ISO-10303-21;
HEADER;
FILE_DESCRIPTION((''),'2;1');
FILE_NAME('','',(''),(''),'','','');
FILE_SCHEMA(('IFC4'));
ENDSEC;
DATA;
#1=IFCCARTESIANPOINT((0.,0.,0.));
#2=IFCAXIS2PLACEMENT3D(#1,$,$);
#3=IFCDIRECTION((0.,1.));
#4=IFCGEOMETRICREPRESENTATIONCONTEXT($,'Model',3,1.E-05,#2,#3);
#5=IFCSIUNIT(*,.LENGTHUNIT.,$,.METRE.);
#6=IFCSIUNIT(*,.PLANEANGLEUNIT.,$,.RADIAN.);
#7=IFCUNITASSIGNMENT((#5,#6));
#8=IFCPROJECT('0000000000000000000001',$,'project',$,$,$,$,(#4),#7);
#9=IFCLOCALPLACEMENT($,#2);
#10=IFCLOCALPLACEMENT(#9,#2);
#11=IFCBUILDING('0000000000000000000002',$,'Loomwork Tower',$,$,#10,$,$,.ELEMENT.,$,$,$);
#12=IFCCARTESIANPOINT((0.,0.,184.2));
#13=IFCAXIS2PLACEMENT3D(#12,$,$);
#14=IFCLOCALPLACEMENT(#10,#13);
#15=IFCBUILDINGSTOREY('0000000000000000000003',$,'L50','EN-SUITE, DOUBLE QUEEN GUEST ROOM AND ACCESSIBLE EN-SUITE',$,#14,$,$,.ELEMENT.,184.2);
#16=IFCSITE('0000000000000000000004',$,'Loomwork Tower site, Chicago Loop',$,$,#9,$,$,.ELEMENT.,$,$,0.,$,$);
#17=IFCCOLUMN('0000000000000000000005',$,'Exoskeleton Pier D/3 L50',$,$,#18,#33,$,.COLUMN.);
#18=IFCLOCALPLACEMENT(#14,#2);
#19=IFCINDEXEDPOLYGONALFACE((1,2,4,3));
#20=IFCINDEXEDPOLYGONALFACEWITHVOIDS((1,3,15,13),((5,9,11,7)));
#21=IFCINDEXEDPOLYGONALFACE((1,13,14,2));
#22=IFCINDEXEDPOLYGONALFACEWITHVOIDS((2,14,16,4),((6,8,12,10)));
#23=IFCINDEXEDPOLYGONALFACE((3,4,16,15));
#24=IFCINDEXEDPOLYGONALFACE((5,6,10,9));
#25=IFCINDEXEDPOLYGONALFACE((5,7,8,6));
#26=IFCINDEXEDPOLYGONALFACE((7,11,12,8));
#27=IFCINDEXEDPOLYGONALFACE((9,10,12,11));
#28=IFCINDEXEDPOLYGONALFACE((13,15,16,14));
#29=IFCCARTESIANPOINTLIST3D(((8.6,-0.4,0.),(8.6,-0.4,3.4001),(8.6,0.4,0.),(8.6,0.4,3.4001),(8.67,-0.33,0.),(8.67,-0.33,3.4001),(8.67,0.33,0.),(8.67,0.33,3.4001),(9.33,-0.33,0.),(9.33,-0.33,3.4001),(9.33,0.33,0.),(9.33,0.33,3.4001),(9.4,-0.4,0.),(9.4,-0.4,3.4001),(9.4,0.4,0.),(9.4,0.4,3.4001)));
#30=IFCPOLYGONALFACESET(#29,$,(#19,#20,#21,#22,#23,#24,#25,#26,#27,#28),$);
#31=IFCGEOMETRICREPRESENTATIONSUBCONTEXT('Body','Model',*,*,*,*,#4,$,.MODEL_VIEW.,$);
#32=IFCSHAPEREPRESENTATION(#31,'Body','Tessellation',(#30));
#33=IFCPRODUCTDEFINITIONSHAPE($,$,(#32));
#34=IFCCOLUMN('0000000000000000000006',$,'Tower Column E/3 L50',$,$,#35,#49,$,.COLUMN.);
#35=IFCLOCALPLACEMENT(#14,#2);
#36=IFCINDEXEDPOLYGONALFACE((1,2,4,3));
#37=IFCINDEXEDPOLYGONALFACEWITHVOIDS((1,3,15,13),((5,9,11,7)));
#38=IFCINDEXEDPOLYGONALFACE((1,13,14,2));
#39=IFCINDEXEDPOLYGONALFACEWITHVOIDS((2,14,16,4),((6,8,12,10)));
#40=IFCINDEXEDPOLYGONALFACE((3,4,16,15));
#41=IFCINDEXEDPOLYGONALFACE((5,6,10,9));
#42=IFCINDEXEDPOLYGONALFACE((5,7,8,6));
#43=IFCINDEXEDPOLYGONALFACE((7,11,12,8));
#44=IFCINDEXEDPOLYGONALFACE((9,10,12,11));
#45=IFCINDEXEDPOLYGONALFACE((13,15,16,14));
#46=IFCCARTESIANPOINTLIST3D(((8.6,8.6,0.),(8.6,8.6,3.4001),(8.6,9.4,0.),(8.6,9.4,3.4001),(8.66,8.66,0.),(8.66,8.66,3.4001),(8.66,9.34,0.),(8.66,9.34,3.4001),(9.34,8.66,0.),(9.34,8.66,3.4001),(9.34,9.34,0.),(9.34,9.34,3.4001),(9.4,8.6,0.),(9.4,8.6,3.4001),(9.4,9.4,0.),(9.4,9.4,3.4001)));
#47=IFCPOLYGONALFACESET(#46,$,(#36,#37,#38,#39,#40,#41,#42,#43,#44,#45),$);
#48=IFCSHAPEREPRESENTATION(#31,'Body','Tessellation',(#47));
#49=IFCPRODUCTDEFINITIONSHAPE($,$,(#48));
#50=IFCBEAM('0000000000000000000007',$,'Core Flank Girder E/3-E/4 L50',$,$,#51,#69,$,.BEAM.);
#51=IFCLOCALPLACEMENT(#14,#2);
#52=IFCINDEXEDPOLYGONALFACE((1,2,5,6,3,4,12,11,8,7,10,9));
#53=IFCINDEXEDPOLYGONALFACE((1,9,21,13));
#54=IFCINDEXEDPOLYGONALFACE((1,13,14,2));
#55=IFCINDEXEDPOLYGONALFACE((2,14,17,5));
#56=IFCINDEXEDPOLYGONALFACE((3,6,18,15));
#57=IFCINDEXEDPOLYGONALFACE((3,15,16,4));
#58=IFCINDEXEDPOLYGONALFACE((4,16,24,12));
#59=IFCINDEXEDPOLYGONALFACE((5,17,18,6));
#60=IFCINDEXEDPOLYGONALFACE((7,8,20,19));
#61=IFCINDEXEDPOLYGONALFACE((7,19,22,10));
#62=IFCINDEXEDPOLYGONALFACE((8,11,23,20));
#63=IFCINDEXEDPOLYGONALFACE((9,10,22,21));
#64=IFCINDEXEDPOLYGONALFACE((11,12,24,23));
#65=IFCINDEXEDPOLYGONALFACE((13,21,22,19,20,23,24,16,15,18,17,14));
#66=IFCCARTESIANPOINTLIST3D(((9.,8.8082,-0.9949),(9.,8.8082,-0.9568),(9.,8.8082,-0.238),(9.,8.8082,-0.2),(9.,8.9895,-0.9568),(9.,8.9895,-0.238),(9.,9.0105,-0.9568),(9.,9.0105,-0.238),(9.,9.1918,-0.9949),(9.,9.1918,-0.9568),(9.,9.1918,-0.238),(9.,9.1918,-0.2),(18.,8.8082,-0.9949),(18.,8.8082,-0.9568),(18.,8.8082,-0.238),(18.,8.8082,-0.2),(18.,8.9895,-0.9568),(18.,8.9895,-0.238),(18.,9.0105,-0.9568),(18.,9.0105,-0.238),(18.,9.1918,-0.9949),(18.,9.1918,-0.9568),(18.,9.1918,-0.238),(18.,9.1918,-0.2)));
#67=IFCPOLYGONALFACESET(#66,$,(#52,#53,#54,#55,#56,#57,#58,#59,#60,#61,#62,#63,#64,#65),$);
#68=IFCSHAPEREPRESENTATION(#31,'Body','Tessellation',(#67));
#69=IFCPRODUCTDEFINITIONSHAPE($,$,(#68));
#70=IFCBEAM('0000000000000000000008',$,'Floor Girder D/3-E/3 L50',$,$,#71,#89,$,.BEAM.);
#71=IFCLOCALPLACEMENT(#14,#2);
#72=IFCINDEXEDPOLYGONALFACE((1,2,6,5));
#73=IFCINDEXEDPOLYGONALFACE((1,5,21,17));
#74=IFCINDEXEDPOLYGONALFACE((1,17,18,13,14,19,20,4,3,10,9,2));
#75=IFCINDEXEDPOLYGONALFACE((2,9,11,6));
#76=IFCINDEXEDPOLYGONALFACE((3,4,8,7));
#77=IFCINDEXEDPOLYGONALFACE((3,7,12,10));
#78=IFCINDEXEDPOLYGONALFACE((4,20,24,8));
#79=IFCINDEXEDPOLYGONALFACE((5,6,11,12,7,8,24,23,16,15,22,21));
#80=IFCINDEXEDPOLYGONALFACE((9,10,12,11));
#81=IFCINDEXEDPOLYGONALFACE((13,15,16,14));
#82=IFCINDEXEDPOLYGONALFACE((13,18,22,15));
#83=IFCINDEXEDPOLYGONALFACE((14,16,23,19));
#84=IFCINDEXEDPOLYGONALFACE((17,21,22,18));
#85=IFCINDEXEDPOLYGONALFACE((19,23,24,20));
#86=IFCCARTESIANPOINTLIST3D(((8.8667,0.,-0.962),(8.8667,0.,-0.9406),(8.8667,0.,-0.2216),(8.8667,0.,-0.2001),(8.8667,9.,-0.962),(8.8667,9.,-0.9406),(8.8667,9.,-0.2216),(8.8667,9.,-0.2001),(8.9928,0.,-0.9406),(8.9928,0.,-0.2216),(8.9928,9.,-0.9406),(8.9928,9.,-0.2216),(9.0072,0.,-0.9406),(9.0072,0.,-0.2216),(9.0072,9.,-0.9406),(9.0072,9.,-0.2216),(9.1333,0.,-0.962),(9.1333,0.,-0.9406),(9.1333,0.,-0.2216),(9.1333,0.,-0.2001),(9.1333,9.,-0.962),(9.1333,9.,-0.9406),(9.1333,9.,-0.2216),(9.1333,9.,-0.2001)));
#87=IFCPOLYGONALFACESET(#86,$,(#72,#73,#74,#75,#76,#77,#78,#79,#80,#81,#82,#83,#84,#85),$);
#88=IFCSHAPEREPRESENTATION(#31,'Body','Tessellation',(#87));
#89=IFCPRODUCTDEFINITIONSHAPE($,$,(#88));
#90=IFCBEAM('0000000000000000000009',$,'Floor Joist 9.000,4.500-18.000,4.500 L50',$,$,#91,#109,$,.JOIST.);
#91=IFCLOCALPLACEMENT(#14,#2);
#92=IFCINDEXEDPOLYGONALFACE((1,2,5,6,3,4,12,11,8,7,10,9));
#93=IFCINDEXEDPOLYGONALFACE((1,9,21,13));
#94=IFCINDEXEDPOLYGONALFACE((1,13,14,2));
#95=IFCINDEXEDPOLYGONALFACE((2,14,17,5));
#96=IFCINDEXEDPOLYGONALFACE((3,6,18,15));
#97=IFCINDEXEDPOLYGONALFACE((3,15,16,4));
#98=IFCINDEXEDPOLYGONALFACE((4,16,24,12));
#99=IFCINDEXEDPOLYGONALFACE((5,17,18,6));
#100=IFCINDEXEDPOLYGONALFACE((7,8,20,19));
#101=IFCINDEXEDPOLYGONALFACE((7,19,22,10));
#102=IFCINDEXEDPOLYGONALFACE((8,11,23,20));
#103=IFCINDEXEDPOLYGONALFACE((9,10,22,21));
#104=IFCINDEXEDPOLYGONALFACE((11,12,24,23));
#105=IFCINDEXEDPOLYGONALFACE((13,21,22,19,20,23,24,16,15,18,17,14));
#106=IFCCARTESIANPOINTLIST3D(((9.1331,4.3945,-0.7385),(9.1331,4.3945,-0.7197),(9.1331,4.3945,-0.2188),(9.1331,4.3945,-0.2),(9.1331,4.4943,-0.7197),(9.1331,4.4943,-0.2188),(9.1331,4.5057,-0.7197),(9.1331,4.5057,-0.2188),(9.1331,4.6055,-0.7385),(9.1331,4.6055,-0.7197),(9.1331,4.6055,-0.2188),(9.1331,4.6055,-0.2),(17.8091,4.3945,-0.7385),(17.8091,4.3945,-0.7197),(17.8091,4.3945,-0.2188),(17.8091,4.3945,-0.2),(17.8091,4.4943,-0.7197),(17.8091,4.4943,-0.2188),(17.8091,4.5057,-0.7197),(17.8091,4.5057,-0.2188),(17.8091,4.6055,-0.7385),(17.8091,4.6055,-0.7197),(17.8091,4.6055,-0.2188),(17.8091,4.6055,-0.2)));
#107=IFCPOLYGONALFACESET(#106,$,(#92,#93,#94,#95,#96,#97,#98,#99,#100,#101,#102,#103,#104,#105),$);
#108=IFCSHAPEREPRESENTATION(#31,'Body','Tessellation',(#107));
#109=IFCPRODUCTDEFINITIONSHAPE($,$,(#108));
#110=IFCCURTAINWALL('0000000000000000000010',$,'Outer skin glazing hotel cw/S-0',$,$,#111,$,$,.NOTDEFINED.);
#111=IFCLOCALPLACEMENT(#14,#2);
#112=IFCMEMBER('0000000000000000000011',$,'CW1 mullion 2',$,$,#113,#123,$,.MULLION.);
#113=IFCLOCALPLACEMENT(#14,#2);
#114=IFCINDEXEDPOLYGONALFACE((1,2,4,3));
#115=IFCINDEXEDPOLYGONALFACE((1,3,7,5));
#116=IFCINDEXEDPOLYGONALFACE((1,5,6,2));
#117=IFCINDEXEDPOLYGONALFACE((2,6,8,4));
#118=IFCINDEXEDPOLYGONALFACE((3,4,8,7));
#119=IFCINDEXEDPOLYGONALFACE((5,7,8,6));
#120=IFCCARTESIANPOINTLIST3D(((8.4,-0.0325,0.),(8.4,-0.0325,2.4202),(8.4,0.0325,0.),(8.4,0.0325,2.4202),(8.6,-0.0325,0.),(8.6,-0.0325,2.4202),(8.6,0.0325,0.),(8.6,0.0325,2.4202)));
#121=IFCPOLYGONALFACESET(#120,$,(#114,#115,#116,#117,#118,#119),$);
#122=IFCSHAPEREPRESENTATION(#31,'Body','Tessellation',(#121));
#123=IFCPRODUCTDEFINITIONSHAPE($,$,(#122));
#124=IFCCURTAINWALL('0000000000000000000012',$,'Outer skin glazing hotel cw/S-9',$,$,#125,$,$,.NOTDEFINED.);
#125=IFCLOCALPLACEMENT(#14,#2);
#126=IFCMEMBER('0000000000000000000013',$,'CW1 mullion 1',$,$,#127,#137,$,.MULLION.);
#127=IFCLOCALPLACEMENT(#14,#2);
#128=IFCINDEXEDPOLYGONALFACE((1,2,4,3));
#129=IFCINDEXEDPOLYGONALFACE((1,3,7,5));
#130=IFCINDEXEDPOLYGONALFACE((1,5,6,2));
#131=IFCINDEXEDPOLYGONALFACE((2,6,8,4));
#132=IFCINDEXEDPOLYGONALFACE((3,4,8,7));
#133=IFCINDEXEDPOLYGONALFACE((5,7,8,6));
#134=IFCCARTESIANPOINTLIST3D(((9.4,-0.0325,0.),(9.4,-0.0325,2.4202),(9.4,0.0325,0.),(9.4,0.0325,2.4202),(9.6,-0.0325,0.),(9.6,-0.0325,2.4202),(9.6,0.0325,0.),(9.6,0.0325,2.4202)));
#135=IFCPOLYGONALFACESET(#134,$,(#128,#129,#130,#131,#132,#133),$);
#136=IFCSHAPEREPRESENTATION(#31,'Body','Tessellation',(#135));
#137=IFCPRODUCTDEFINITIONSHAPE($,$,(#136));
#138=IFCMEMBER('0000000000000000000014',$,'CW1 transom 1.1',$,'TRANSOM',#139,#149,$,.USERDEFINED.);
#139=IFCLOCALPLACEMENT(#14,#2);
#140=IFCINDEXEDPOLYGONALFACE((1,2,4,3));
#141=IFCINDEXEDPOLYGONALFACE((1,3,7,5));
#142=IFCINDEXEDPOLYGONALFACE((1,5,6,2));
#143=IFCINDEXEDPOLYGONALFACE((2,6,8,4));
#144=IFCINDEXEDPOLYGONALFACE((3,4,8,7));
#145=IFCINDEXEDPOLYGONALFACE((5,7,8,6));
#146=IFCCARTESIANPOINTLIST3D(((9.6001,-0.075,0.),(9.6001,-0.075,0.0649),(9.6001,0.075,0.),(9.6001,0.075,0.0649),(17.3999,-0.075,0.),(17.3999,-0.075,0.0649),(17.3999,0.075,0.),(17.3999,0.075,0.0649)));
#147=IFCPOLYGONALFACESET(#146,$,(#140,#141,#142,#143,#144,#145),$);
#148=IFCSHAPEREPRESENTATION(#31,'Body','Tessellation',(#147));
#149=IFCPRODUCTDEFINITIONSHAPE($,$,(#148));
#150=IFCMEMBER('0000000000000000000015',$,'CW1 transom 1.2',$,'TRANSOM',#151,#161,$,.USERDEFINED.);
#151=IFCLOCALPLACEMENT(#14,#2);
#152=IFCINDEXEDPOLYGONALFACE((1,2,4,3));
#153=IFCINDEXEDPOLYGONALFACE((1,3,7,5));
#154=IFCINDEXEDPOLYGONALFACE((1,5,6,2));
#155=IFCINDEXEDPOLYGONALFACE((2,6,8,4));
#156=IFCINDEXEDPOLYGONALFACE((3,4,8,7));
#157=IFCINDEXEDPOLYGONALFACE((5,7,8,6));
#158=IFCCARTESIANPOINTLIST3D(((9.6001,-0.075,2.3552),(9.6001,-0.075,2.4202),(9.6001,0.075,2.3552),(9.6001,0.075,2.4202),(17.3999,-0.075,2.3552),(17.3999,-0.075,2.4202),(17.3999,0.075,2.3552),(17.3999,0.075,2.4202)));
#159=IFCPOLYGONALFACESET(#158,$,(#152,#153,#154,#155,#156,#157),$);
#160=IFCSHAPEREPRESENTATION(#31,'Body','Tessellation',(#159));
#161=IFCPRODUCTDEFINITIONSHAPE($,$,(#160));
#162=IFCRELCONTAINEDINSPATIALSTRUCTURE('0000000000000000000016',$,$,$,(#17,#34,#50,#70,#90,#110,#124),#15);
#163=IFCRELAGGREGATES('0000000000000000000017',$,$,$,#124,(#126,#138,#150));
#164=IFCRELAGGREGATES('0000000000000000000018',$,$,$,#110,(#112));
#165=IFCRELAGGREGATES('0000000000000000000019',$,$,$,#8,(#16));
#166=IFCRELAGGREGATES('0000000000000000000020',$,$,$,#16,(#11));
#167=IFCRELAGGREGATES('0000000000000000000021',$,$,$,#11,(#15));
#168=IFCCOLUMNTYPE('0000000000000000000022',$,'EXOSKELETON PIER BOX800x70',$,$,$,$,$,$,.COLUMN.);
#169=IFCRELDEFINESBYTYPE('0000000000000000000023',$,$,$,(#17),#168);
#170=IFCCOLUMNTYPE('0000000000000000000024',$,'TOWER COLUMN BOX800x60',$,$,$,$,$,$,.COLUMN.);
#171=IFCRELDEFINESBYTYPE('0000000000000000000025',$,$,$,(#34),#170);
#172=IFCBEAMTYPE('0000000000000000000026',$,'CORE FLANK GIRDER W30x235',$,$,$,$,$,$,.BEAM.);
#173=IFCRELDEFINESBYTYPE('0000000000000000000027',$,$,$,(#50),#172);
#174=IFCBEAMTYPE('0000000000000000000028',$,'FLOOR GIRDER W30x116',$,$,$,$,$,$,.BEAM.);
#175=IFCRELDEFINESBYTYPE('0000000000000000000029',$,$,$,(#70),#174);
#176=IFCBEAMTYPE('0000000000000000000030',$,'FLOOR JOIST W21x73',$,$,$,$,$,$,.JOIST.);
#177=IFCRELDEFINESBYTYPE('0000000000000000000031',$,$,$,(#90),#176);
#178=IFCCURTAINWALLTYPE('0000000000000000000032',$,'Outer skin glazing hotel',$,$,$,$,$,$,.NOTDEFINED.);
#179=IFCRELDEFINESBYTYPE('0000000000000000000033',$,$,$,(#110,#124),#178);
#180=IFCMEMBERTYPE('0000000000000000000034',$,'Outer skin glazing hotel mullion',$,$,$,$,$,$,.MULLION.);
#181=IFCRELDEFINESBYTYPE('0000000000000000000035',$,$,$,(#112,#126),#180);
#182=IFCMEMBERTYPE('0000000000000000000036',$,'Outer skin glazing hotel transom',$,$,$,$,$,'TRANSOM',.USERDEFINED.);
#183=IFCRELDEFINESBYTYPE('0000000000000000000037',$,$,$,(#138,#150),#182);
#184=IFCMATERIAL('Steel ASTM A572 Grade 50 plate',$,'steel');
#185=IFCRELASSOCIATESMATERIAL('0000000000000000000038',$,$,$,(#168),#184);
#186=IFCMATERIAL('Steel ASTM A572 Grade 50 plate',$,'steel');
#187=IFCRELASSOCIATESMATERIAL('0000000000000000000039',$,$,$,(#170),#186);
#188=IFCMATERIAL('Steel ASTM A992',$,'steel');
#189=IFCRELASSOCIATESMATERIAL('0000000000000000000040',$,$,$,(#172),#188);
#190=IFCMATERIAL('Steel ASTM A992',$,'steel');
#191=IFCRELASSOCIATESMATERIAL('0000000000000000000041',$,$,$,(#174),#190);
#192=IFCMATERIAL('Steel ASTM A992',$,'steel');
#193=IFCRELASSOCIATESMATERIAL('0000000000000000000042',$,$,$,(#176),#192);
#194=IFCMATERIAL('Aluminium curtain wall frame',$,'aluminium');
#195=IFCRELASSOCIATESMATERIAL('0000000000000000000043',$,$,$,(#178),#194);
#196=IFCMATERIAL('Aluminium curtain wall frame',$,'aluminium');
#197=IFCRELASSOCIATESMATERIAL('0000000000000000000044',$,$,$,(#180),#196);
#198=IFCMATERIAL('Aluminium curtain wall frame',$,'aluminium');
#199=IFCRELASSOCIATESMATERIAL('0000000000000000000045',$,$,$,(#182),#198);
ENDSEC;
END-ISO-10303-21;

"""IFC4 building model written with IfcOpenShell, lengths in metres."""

from ifc_helpers import new_model, si_unit, direction, frame, origin, origin_2d, place, context, subcontext, project, spatial, rectangle, hollow_rectangle, i_section, extrude, material, material_profile, profile_set, type_object, element, aggregate, save


model = new_model("IFC4")

# Units and contexts
model_context = context("Model", 3, precision=1e-05, world=origin(), true_north=direction((0.0, 1.0)))
body_context = subcontext(model_context, "Body", "Model", "MODEL_VIEW")
ifc_project = project(units=[si_unit("LENGTHUNIT", "METRE"), si_unit("PLANEANGLEUNIT", "RADIAN")], contexts=[model_context])

# Site, building, storey
site_placement = place(None, origin())
site = spatial("IfcSite", under=ifc_project, at=site_placement, Name="Loomwork Tower site, Chicago Loop", CompositionType="ELEMENT", RefElevation=0.0)
building_placement = place(site_placement, origin())
building = spatial("IfcBuilding", under=site, at=building_placement, Name="Loomwork Tower", CompositionType="ELEMENT")
storey_placement = place(building_placement, frame((0.0, 0.0, 184.2)))
storey = spatial("IfcBuildingStorey", under=building, at=storey_placement, Name="L50", Description="EN-SUITE, DOUBLE QUEEN GUEST ROOM AND ACCESSIBLE EN-SUITE", CompositionType="ELEMENT", Elevation=184.2)

# Columns
ifc_material_1 = material(Name="Steel ASTM A572 Grade 50 plate", Category="steel")
ifc_material_profile_1 = material_profile(ifc_material_1, hollow_rectangle(XDim=0.8, YDim=0.8, WallThickness=0.0701, at=origin_2d()), Name="BOX800x70")
ifc_profile_set_1 = profile_set([ifc_material_profile_1], Name="Steel ASTM A572 Grade 50 plate")
column_type_1 = type_object("IfcColumnType", Name="EXOSKELETON PIER BOX800x70", PredefinedType="COLUMN", material=ifc_profile_set_1)
column_1_placement = place(storey_placement, frame((9.0, 0.0, 0.0), z_axis=(0.0, 0.0, 1.0), x_axis=(1.0, 0.0, 0.0)))
element("IfcColumn", 1, at=column_1_placement, inside=storey, type_object=column_type_1, Name="Exoskeleton Pier D/3 L50", PredefinedType="COLUMN", context=body_context, shape_type="SweptSolid", body=[
    extrude(hollow_rectangle(XDim=0.8, YDim=0.8, WallThickness=0.0701, at=origin_2d()), origin(), (0.0, 0.0, 1.0), 3.4001),
])
ifc_material_2 = material(Name="Steel ASTM A572 Grade 50 plate", Category="steel")
ifc_material_profile_2 = material_profile(ifc_material_2, hollow_rectangle(XDim=0.8, YDim=0.8, WallThickness=0.0601, at=origin_2d()), Name="BOX800x60")
ifc_profile_set_2 = profile_set([ifc_material_profile_2], Name="Steel ASTM A572 Grade 50 plate")
column_type_2 = type_object("IfcColumnType", Name="TOWER COLUMN BOX800x60", PredefinedType="COLUMN", material=ifc_profile_set_2)
column_2_placement = place(storey_placement, frame((9.0, 9.0, 0.0), z_axis=(0.0, 0.0, 1.0), x_axis=(1.0, 0.0, 0.0)))
element("IfcColumn", 2, at=column_2_placement, inside=storey, type_object=column_type_2, Name="Tower Column E/3 L50", PredefinedType="COLUMN", context=body_context, shape_type="SweptSolid", body=[
    extrude(hollow_rectangle(XDim=0.8, YDim=0.8, WallThickness=0.0601, at=origin_2d()), origin(), (0.0, 0.0, 1.0), 3.4001),
])

# Beams
ifc_material_3 = material(Name="Steel ASTM A992", Category="steel")
ifc_material_profile_3 = material_profile(ifc_material_3, i_section(OverallWidth=0.3835, OverallDepth=0.7949, WebThickness=0.021, FlangeThickness=0.0381, at=origin_2d()), Name="W30x235")
ifc_profile_set_3 = profile_set([ifc_material_profile_3], Name="Steel ASTM A992")
beam_type_1 = type_object("IfcBeamType", Name="CORE FLANK GIRDER W30x235", PredefinedType="BEAM", material=ifc_profile_set_3)
beam_1_placement = place(storey_placement, frame((9.0, 9.0, -0.5974), z_axis=(1.0, 0.0, 0.0), x_axis=(0.0, 1.0, 0.0)))
element("IfcBeam", 3, at=beam_1_placement, inside=storey, type_object=beam_type_1, Name="Core Flank Girder E/3-E/4 L50", PredefinedType="BEAM", context=body_context, shape_type="SweptSolid", body=[
    extrude(i_section(OverallWidth=0.3835, OverallDepth=0.7949, WebThickness=0.021, FlangeThickness=0.0381, at=origin_2d()), origin(), (0.0, 0.0, 1.0), 9.0),
])
ifc_material_4 = material(Name="Steel ASTM A992", Category="steel")
ifc_material_profile_4 = material_profile(ifc_material_4, i_section(OverallWidth=0.2666, OverallDepth=0.762, WebThickness=0.0144, FlangeThickness=0.0215, at=origin_2d()), Name="W30x116")
ifc_profile_set_4 = profile_set([ifc_material_profile_4], Name="Steel ASTM A992")
beam_type_2 = type_object("IfcBeamType", Name="FLOOR GIRDER W30x116", PredefinedType="BEAM", material=ifc_profile_set_4)
beam_2_placement = place(storey_placement, frame((9.0, 0.0, -0.5811), z_axis=(0.0, 1.0, 0.0), x_axis=(-1.0, 0.0, 0.0)))
element("IfcBeam", 4, at=beam_2_placement, inside=storey, type_object=beam_type_2, Name="Floor Girder D/3-E/3 L50", PredefinedType="BEAM", context=body_context, shape_type="SweptSolid", body=[
    extrude(i_section(OverallWidth=0.2666, OverallDepth=0.762, WebThickness=0.0144, FlangeThickness=0.0215, at=origin_2d()), origin(), (0.0, 0.0, 1.0), 9.0),
])
ifc_material_5 = material(Name="Steel ASTM A992", Category="steel")
ifc_material_profile_5 = material_profile(ifc_material_5, i_section(OverallWidth=0.2109, OverallDepth=0.5386, WebThickness=0.0115, FlangeThickness=0.0188, at=origin_2d()), Name="W21x73")
ifc_profile_set_5 = profile_set([ifc_material_profile_5], Name="Steel ASTM A992")
beam_type_3 = type_object("IfcBeamType", Name="FLOOR JOIST W21x73", PredefinedType="JOIST", material=ifc_profile_set_5)
beam_3_placement = place(storey_placement, frame((9.1331, 4.5, -0.4692), z_axis=(1.0, 0.0, 0.0), x_axis=(0.0, 1.0, 0.0)))
element("IfcBeam", 5, at=beam_3_placement, inside=storey, type_object=beam_type_3, Name="Floor Joist 9.000,4.500-18.000,4.500 L50", PredefinedType="JOIST", context=body_context, shape_type="SweptSolid", body=[
    extrude(i_section(OverallWidth=0.2109, OverallDepth=0.5386, WebThickness=0.0115, FlangeThickness=0.0188, at=origin_2d()), origin(), (0.0, 0.0, 1.0), 8.676),
])

# Curtain wall, member
ifc_material_6 = material(Name="Aluminium curtain wall frame", Category="aluminium")
curtain_wall_type = type_object("IfcCurtainWallType", Name="Outer skin glazing hotel", PredefinedType="NOTDEFINED", material=ifc_material_6)
curtain_wall_1_placement = place(storey_placement, origin())
curtain_wall_1 = element("IfcCurtainWall", 6, at=curtain_wall_1_placement, inside=storey, type_object=curtain_wall_type, Name="Outer skin glazing hotel cw/S-0", PredefinedType="NOTDEFINED")
ifc_material_7 = material(Name="Aluminium curtain wall frame", Category="aluminium")
ifc_material_profile_6 = material_profile(ifc_material_7, rectangle(XDim=0.0649, YDim=0.2, at=origin_2d()), Name="AL 65x200")
ifc_profile_set_6 = profile_set([ifc_material_profile_6], Name="Aluminium curtain wall frame")
member_type_1 = type_object("IfcMemberType", Name="Outer skin glazing hotel mullion", PredefinedType="MULLION", material=ifc_profile_set_6)
member_1_placement = place(storey_placement, frame((8.5, 0.0, 0.0), z_axis=(0.0, 0.0, 1.0), x_axis=(0.0, 1.0, 0.0)))
member_1 = element("IfcMember", 7, at=member_1_placement, type_object=member_type_1, Name="CW1 mullion 2", PredefinedType="MULLION", context=body_context, shape_type="SweptSolid", body=[
    extrude(rectangle(XDim=0.0649, YDim=0.2, at=origin_2d()), origin(), (0.0, 0.0, 1.0), 2.4202),
])

# Curtain wall, members
curtain_wall_2_placement = place(storey_placement, origin())
curtain_wall_2 = element("IfcCurtainWall", 8, at=curtain_wall_2_placement, inside=storey, type_object=curtain_wall_type, Name="Outer skin glazing hotel cw/S-9", PredefinedType="NOTDEFINED")
member_2_placement = place(storey_placement, frame((9.5, 0.0, 0.0), z_axis=(0.0, 0.0, 1.0), x_axis=(0.0, 1.0, 0.0)))
member_2 = element("IfcMember", 9, at=member_2_placement, type_object=member_type_1, Name="CW1 mullion 1", PredefinedType="MULLION", context=body_context, shape_type="SweptSolid", body=[
    extrude(rectangle(XDim=0.0649, YDim=0.2, at=origin_2d()), origin(), (0.0, 0.0, 1.0), 2.4202),
])
ifc_material_8 = material(Name="Aluminium curtain wall frame", Category="aluminium")
ifc_material_profile_7 = material_profile(ifc_material_8, rectangle(XDim=0.1499, YDim=0.0649, at=origin_2d()), Name="AL 65x150")
ifc_profile_set_7 = profile_set([ifc_material_profile_7], Name="Aluminium curtain wall frame")
member_type_2 = type_object("IfcMemberType", Name="Outer skin glazing hotel transom", ElementType="TRANSOM", PredefinedType="USERDEFINED", material=ifc_profile_set_7)
member_3_placement = place(storey_placement, frame((9.6001, 0.0, 0.0325), z_axis=(1.0, 0.0, 0.0), x_axis=(0.0, 1.0, 0.0)))
member_3 = element("IfcMember", 10, at=member_3_placement, type_object=member_type_2, Name="CW1 transom 1.1", ObjectType="TRANSOM", PredefinedType="USERDEFINED", context=body_context, shape_type="SweptSolid", body=[
    extrude(rectangle(XDim=0.1499, YDim=0.0649, at=origin_2d()), origin(), (0.0, 0.0, 1.0), 7.7998),
])
member_4_placement = place(storey_placement, frame((9.6001, 0.0, 2.3877), z_axis=(1.0, 0.0, 0.0), x_axis=(0.0, 1.0, 0.0)))
member_4 = element("IfcMember", 11, at=member_4_placement, type_object=member_type_2, Name="CW1 transom 1.2", ObjectType="TRANSOM", PredefinedType="USERDEFINED", context=body_context, shape_type="SweptSolid", body=[
    extrude(rectangle(XDim=0.1499, YDim=0.0649, at=origin_2d()), origin(), (0.0, 0.0, 1.0), 7.7998),
])
aggregate(curtain_wall_2, [member_2, member_3, member_4])

aggregate(curtain_wall_1, [member_1])

save(model, "model.ifc")
